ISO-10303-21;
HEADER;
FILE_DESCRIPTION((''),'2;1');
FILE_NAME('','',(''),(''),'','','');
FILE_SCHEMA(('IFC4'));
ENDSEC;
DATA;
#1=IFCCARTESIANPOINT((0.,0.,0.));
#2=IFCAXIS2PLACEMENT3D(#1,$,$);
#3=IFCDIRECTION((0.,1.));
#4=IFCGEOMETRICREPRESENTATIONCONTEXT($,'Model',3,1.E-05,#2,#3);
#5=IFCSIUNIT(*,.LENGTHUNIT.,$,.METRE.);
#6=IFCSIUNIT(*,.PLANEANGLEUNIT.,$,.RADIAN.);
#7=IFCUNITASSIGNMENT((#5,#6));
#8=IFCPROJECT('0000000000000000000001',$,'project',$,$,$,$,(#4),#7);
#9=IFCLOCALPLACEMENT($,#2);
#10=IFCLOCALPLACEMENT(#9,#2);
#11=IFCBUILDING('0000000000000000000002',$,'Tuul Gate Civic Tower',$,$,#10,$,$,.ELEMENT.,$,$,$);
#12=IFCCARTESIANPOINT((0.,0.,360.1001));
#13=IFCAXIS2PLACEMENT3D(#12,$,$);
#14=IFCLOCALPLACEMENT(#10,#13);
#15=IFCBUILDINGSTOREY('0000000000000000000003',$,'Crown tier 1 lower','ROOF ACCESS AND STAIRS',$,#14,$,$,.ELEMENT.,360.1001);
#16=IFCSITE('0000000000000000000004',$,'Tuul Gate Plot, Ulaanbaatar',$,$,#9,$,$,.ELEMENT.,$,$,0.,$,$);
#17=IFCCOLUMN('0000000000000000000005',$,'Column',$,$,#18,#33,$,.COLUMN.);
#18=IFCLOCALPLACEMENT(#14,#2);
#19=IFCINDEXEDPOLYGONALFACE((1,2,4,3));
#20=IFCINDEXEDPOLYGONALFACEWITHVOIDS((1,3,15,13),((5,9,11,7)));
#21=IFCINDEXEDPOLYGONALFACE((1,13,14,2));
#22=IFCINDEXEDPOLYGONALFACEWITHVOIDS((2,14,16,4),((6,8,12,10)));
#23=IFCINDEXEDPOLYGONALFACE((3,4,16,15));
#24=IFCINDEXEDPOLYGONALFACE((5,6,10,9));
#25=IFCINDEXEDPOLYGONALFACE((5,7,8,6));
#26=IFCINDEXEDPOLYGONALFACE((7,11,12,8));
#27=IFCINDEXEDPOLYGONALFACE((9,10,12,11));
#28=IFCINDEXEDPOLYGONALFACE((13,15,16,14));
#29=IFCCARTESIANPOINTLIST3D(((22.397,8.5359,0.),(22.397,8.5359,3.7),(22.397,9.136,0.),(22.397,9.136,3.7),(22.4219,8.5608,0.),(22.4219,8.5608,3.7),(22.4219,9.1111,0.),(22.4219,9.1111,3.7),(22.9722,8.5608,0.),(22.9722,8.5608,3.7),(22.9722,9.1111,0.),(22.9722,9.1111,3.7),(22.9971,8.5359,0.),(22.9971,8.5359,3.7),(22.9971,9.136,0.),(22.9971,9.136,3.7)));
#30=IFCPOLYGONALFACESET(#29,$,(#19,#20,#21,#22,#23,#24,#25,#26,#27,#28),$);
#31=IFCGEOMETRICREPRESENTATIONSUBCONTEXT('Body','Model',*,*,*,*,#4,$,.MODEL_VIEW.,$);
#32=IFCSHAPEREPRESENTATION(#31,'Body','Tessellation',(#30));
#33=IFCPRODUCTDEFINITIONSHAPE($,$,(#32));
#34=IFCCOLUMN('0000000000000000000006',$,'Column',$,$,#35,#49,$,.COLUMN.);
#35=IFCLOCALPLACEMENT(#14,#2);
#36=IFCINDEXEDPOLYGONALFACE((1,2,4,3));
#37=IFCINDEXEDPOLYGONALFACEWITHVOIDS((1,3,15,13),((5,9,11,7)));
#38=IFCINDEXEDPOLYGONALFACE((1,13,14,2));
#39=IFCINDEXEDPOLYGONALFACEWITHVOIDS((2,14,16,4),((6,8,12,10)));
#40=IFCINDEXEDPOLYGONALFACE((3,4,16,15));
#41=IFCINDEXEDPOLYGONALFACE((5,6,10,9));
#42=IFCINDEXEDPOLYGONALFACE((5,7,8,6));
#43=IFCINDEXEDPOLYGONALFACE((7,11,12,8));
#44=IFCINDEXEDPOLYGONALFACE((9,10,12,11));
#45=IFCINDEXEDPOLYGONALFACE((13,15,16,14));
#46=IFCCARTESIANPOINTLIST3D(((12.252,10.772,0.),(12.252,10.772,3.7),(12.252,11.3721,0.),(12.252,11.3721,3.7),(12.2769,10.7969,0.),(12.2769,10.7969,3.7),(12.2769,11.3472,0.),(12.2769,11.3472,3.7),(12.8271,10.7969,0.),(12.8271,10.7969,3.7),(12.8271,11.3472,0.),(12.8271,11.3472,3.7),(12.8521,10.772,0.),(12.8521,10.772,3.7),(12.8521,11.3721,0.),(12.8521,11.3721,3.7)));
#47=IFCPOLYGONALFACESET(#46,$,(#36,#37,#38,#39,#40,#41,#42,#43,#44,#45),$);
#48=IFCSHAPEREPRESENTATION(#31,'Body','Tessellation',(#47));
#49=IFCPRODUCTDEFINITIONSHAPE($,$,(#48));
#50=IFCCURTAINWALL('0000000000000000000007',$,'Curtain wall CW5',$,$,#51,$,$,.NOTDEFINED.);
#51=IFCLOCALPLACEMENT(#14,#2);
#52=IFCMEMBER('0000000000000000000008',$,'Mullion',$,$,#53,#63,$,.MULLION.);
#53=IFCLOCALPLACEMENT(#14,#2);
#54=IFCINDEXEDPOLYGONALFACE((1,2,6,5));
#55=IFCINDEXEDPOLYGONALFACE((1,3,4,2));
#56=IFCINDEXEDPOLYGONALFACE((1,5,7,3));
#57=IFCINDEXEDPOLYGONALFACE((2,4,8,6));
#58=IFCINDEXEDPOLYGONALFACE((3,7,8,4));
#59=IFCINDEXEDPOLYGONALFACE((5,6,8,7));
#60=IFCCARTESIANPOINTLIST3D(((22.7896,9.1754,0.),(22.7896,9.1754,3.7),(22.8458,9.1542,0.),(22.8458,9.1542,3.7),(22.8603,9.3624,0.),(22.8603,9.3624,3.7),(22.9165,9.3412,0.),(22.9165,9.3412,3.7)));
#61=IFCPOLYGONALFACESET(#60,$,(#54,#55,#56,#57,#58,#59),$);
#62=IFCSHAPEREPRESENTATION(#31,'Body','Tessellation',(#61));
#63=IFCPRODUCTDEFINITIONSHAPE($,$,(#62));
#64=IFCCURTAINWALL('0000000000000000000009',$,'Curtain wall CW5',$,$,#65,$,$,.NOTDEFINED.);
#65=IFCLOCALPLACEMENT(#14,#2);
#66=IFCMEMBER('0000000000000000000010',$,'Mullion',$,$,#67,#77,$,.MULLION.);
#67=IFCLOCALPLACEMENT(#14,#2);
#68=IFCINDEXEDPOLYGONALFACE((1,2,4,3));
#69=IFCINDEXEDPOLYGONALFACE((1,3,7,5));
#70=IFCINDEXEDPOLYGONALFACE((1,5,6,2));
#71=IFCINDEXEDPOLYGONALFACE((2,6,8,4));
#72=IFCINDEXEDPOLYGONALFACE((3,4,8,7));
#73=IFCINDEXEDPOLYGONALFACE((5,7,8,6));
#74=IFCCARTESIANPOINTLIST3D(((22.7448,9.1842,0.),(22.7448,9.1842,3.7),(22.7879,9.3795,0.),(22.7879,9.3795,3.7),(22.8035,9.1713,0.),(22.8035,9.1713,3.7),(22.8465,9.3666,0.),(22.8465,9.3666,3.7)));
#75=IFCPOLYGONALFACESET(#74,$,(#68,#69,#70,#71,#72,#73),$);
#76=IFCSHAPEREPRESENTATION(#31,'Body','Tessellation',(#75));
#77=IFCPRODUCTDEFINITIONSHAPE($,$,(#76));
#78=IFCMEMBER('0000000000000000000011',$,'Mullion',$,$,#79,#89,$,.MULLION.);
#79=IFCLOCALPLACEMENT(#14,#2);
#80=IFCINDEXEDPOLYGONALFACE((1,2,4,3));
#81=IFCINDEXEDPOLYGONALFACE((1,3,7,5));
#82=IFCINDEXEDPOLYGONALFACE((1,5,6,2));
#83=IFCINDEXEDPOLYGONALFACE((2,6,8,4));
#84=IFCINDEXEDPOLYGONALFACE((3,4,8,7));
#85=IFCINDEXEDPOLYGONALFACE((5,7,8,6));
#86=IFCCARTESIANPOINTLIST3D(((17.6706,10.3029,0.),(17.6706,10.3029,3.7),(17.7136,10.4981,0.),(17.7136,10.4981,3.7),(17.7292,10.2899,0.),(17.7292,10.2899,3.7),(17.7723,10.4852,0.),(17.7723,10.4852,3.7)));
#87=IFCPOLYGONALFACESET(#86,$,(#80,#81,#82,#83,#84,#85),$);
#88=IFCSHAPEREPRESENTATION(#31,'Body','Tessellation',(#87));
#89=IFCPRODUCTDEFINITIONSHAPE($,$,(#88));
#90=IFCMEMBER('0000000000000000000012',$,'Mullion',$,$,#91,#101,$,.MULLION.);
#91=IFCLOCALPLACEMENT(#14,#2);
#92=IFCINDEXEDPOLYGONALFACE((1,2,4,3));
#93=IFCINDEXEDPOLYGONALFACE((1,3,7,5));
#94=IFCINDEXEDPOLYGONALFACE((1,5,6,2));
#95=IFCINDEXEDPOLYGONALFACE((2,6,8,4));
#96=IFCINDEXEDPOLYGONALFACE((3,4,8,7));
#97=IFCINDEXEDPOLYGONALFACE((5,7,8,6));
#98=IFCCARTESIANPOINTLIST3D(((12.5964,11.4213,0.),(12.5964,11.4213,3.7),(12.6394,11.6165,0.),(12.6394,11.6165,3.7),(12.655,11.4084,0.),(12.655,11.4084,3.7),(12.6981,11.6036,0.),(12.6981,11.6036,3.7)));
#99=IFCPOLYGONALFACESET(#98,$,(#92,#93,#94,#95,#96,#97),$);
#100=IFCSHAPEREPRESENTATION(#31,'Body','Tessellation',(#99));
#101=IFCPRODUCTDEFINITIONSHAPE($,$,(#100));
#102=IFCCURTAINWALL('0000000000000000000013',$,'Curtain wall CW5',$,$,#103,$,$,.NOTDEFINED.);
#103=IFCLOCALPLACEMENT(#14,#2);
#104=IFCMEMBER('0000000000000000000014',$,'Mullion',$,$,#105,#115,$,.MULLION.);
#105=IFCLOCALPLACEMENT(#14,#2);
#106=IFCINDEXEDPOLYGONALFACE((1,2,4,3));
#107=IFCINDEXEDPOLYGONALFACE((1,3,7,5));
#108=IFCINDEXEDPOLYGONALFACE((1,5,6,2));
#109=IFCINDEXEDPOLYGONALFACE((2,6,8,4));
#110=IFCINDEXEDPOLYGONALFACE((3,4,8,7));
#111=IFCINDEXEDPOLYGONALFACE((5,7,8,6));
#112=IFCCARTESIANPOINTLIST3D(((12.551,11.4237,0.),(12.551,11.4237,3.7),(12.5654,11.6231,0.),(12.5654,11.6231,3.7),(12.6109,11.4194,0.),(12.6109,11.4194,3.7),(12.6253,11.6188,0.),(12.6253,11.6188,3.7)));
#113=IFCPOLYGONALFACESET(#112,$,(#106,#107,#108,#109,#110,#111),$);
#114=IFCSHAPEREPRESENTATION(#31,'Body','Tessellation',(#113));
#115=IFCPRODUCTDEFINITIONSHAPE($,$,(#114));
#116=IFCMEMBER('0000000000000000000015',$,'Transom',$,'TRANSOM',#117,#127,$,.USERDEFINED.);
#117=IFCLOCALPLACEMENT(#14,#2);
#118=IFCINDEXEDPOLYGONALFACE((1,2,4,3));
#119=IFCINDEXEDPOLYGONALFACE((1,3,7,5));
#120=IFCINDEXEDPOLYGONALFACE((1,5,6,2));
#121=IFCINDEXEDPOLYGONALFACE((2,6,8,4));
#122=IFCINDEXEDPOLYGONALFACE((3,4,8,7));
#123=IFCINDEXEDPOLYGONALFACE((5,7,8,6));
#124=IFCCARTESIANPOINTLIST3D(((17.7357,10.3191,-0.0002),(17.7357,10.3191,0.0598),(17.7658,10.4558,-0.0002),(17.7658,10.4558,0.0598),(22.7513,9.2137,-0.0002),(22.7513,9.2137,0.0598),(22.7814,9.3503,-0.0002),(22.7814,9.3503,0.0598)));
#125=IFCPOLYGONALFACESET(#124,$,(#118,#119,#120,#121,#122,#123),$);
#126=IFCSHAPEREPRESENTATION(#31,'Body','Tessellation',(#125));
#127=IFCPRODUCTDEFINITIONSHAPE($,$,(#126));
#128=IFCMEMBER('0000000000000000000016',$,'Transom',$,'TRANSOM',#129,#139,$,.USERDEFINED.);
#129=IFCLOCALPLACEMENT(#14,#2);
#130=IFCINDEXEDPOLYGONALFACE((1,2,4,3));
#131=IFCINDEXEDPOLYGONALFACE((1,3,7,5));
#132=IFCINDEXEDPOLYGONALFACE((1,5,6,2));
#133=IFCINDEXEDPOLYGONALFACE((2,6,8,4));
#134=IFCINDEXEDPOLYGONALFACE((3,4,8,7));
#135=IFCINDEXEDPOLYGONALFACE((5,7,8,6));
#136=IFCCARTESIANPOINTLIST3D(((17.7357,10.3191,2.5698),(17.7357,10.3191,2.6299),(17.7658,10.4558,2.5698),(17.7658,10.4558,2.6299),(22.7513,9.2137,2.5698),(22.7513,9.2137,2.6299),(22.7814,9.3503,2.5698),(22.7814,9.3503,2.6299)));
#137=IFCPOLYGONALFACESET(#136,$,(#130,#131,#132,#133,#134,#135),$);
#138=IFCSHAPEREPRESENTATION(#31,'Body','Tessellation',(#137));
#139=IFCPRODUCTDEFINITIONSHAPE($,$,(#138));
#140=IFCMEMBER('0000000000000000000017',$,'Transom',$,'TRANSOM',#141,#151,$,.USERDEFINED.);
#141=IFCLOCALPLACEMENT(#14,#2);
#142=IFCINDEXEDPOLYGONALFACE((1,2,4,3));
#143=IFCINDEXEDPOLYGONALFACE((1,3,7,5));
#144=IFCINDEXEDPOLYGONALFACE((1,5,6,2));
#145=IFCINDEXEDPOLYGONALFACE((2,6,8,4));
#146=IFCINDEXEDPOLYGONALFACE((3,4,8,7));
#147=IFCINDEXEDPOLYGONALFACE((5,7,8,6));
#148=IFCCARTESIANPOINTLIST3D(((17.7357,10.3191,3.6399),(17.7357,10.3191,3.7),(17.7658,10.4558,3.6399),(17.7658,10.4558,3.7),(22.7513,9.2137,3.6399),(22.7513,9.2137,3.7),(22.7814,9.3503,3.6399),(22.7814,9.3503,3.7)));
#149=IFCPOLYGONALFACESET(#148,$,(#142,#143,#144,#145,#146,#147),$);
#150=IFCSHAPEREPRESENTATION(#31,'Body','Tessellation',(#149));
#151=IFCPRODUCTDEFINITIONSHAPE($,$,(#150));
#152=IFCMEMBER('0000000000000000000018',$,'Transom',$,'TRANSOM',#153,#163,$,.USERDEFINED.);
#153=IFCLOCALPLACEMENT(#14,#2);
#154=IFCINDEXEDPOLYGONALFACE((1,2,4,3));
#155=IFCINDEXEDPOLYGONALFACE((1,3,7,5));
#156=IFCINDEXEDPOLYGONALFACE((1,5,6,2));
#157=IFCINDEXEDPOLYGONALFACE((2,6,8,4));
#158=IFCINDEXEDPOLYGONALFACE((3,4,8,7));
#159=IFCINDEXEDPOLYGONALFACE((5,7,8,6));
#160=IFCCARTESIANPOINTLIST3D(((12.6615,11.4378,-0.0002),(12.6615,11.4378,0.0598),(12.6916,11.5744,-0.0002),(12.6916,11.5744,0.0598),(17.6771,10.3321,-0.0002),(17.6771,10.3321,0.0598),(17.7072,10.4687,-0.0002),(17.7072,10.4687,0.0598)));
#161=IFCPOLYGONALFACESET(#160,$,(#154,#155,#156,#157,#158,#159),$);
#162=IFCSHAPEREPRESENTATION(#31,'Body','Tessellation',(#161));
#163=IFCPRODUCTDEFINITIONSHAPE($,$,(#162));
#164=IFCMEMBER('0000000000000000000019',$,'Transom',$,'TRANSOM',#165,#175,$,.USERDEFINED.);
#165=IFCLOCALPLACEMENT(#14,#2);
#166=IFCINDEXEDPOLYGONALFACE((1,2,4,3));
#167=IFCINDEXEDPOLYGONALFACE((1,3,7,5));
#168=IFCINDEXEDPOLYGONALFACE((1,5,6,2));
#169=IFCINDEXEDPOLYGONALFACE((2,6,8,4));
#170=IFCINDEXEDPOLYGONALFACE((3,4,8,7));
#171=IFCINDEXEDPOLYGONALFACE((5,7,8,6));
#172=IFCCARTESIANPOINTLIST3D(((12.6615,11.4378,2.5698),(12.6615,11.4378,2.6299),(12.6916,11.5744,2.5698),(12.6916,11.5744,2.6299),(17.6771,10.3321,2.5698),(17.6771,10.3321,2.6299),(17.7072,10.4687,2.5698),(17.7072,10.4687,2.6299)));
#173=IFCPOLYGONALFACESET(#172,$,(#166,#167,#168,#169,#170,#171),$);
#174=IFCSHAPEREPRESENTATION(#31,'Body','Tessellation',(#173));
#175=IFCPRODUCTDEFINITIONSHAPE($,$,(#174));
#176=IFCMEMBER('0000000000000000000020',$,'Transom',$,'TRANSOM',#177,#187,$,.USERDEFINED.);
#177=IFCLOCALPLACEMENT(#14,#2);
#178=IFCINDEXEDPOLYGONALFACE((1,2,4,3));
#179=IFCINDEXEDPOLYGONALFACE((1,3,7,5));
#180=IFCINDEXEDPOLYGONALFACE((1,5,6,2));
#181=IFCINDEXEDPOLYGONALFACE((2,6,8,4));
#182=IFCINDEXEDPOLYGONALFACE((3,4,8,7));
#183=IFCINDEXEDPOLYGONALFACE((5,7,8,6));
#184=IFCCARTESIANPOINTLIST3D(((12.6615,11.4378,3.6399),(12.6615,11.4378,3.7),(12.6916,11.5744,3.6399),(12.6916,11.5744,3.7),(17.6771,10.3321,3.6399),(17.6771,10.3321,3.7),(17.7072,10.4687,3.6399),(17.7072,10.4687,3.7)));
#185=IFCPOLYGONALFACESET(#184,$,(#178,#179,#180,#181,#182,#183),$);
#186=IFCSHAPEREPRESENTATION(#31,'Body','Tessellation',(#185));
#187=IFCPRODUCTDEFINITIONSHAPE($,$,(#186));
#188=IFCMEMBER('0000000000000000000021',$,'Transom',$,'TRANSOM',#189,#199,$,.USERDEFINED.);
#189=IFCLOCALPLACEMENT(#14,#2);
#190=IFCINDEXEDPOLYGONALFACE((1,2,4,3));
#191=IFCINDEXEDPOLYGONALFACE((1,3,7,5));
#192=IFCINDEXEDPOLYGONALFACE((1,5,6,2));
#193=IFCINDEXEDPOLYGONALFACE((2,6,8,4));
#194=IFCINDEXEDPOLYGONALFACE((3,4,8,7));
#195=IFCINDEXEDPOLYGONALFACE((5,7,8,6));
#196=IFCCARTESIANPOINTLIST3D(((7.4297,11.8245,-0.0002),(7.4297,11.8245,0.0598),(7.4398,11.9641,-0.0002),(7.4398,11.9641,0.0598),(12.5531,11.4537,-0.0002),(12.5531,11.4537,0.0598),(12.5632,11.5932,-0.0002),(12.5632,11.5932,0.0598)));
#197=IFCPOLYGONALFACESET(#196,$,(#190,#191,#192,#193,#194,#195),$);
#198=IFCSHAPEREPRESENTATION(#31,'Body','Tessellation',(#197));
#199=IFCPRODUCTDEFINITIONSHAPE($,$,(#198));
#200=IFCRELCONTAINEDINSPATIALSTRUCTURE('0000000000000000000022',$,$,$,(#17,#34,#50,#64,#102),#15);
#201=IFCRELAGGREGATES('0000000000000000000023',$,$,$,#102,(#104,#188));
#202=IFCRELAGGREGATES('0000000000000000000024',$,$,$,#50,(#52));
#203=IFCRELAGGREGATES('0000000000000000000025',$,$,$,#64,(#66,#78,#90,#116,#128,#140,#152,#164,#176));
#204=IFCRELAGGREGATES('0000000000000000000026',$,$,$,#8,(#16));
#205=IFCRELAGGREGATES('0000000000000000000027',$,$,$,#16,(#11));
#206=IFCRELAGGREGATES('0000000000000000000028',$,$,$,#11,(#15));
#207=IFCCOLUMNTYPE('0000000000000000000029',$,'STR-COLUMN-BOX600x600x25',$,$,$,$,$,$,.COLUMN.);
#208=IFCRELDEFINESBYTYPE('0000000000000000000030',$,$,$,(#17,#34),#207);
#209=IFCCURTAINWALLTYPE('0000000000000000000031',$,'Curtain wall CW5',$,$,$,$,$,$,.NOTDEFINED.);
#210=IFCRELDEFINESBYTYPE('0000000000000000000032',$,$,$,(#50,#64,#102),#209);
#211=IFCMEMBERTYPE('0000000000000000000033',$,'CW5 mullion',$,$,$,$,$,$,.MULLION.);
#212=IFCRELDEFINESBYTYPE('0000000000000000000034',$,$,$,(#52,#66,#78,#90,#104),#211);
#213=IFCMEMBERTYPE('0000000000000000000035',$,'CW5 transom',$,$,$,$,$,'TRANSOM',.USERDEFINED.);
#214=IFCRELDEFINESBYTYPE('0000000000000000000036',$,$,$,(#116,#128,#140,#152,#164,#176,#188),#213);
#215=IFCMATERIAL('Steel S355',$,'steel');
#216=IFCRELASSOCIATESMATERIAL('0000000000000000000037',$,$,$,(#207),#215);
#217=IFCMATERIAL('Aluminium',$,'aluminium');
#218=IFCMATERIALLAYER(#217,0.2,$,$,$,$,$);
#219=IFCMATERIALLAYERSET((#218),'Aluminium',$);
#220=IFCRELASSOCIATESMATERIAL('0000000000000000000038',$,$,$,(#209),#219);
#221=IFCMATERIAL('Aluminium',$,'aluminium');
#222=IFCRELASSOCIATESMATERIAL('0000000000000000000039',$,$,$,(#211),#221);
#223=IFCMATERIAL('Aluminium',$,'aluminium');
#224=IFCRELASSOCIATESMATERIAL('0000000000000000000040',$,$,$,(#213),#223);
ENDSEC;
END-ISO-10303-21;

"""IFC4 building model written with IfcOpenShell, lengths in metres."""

from ifc_helpers import new_model, si_unit, direction, frame, origin, origin_2d, place, context, subcontext, project, spatial, rectangle, hollow_rectangle, extrude, material, layer, layer_set, material_profile, profile_set, type_object, element, aggregate, save


model = new_model("IFC4")

# Units and contexts
model_context = context("Model", 3, precision=1e-05, world=origin(), true_north=direction((0.0, 1.0)))
body_context = subcontext(model_context, "Body", "Model", "MODEL_VIEW")
ifc_project = project(units=[si_unit("LENGTHUNIT", "METRE"), si_unit("PLANEANGLEUNIT", "RADIAN")], contexts=[model_context])

# Site, building, storey
site_placement = place(None, origin())
site = spatial("IfcSite", under=ifc_project, at=site_placement, Name="Tuul Gate Plot, Ulaanbaatar", CompositionType="ELEMENT", RefElevation=0.0)
building_placement = place(site_placement, origin())
building = spatial("IfcBuilding", under=site, at=building_placement, Name="Tuul Gate Civic Tower", CompositionType="ELEMENT")
storey_placement = place(building_placement, frame((0.0, 0.0, 360.1001)))
storey = spatial("IfcBuildingStorey", under=building, at=storey_placement, Name="Crown tier 1 lower", Description="ROOF ACCESS AND STAIRS", CompositionType="ELEMENT", Elevation=360.1001)

# Columns
ifc_material_1 = material(Name="Steel S355", Category="steel")
ifc_material_profile_1 = material_profile(ifc_material_1, hollow_rectangle(XDim=0.6001, YDim=0.6001, WallThickness=0.0249, at=origin_2d()), Name="BOX600x600x25")
ifc_profile_set_1 = profile_set([ifc_material_profile_1], Name="Steel S355")
column_type = type_object("IfcColumnType", Name="STR-COLUMN-BOX600x600x25", PredefinedType="COLUMN", material=ifc_profile_set_1)
for number, where, z_axis, x_axis, name in (
    (1, (22.697, 8.8359, 0.0), (0.0, 0.0, 1.0), (1.0, 0.0, 0.0), "Column"),
    (2, (12.552, 11.072, 0.0), (0.0, 0.0, 1.0), (1.0, 0.0, 0.0), "Column"),
):
    element("IfcColumn", number, at=place(storey_placement, frame(where, z_axis=z_axis, x_axis=x_axis)), inside=storey, type_object=column_type, Name=name, PredefinedType="COLUMN", context=body_context, shape_type="SweptSolid", body=[
        extrude(hollow_rectangle(XDim=0.6001, YDim=0.6001, WallThickness=0.0249, at=origin_2d()), origin(), (0.0, 0.0, 1.0), 3.7),
    ])

# Curtain wall, member
ifc_material_2 = material(Name="Aluminium", Category="aluminium")
ifc_layer_1 = layer(ifc_material_2, 0.2)
ifc_layer_set_1 = layer_set([ifc_layer_1], Name="Aluminium")
curtain_wall_type = type_object("IfcCurtainWallType", Name="Curtain wall CW5", PredefinedType="NOTDEFINED", material=ifc_layer_set_1)
curtain_wall_1_placement = place(storey_placement, origin())
curtain_wall_1 = element("IfcCurtainWall", 3, at=curtain_wall_1_placement, inside=storey, type_object=curtain_wall_type, Name="Curtain wall CW5", PredefinedType="NOTDEFINED")
ifc_material_3 = material(Name="Aluminium", Category="aluminium")
ifc_material_profile_2 = material_profile(ifc_material_3, rectangle(XDim=0.2, YDim=0.0601, at=origin_2d()), Name="CW5 mullion")
ifc_profile_set_2 = profile_set([ifc_material_profile_2], Name="Aluminium")
member_type_1 = type_object("IfcMemberType", Name="CW5 mullion", PredefinedType="MULLION", material=ifc_profile_set_2)
member_1_placement = place(storey_placement, frame((22.853, 9.2583, 0.0), z_axis=(0.0, 0.0, 1.0), x_axis=(-0.353691, -0.935362, 0.0)))
member_1 = element("IfcMember", 4, at=member_1_placement, type_object=member_type_1, Name="Mullion", PredefinedType="MULLION", context=body_context, shape_type="SweptSolid", body=[
    extrude(rectangle(XDim=0.2, YDim=0.0601, at=origin_2d()), origin(), (0.0, 0.0, 1.0), 3.7),
])

# Curtain wall, members
curtain_wall_2_placement = place(storey_placement, origin())
curtain_wall_2 = element("IfcCurtainWall", 5, at=curtain_wall_2_placement, inside=storey, type_object=curtain_wall_type, Name="Curtain wall CW5", PredefinedType="NOTDEFINED")
member_2_placement = place(storey_placement, frame((22.7957, 9.2754, 0.0), z_axis=(0.0, 0.0, 1.0), x_axis=(-0.215269, -0.976555, 0.0)))
member_2 = element("IfcMember", 6, at=member_2_placement, type_object=member_type_1, Name="Mullion", PredefinedType="MULLION", context=body_context, shape_type="SweptSolid", body=[
    extrude(rectangle(XDim=0.2, YDim=0.0601, at=origin_2d()), origin(), (0.0, 0.0, 1.0), 3.7),
])
member_3_placement = place(storey_placement, frame((17.7214, 10.394, 0.0), z_axis=(0.0, 0.0, 1.0), x_axis=(-0.215269, -0.976555, 0.0)))
member_3 = element("IfcMember", 7, at=member_3_placement, type_object=member_type_1, Name="Mullion", PredefinedType="MULLION", context=body_context, shape_type="SweptSolid", body=[
    extrude(rectangle(XDim=0.2, YDim=0.0601, at=origin_2d()), origin(), (0.0, 0.0, 1.0), 3.7),
])
member_4_placement = place(storey_placement, frame((12.6472, 11.5125, 0.0), z_axis=(0.0, 0.0, 1.0), x_axis=(-0.215269, -0.976555, 0.0)))
member_4 = element("IfcMember", 8, at=member_4_placement, type_object=member_type_1, Name="Mullion", PredefinedType="MULLION", context=body_context, shape_type="SweptSolid", body=[
    extrude(rectangle(XDim=0.2, YDim=0.0601, at=origin_2d()), origin(), (0.0, 0.0, 1.0), 3.7),
])

# Curtain wall, member
curtain_wall_3_placement = place(storey_placement, origin())
curtain_wall_3 = element("IfcCurtainWall", 9, at=curtain_wall_3_placement, inside=storey, type_object=curtain_wall_type, Name="Curtain wall CW5", PredefinedType="NOTDEFINED")
member_5_placement = place(storey_placement, frame((12.5881, 11.5212, 0.0), z_axis=(0.0, 0.0, 1.0), x_axis=(-0.072226, -0.997388, 0.0)))
member_5 = element("IfcMember", 10, at=member_5_placement, type_object=member_type_1, Name="Mullion", PredefinedType="MULLION", context=body_context, shape_type="SweptSolid", body=[
    extrude(rectangle(XDim=0.2, YDim=0.0601, at=origin_2d()), origin(), (0.0, 0.0, 1.0), 3.7),
])

# Members
ifc_material_4 = material(Name="Aluminium", Category="aluminium")
ifc_material_profile_3 = material_profile(ifc_material_4, rectangle(XDim=0.1399, YDim=0.0601, at=origin_2d()), Name="CW5 transom")
ifc_profile_set_3 = profile_set([ifc_material_profile_3], Name="Aluminium")
member_type_2 = type_object("IfcMemberType", Name="CW5 transom", ElementType="TRANSOM", PredefinedType="USERDEFINED", material=ifc_profile_set_3)
member_6_placement = place(storey_placement, frame((22.7664, 9.282, 0.0298), z_axis=(-0.976561, 0.215239, 0.0), x_axis=(-0.215239, -0.976561, 0.0)))
member_6 = element("IfcMember", 11, at=member_6_placement, type_object=member_type_2, Name="Transom", ObjectType="TRANSOM", PredefinedType="USERDEFINED", context=body_context, shape_type="SweptSolid", body=[
    extrude(rectangle(XDim=0.1399, YDim=0.0601, at=origin_2d()), origin(), (0.0, 0.0, 1.0), 5.136),
])
member_7_placement = place(storey_placement, frame((22.7664, 9.282, 2.5999), z_axis=(-0.976561, 0.215239, 0.0), x_axis=(-0.215239, -0.976561, 0.0)))
member_7 = element("IfcMember", 12, at=member_7_placement, type_object=member_type_2, Name="Transom", ObjectType="TRANSOM", PredefinedType="USERDEFINED", context=body_context, shape_type="SweptSolid", body=[
    extrude(rectangle(XDim=0.1399, YDim=0.0601, at=origin_2d()), origin(), (0.0, 0.0, 1.0), 5.136),
])
member_8_placement = place(storey_placement, frame((22.7664, 9.282, 3.6699), z_axis=(-0.976561, 0.215239, 0.0), x_axis=(-0.215239, -0.976561, 0.0)))
member_8 = element("IfcMember", 13, at=member_8_placement, type_object=member_type_2, Name="Transom", ObjectType="TRANSOM", PredefinedType="USERDEFINED", context=body_context, shape_type="SweptSolid", body=[
    extrude(rectangle(XDim=0.1399, YDim=0.0601, at=origin_2d()), origin(), (0.0, 0.0, 1.0), 5.136),
])
member_9_placement = place(storey_placement, frame((17.6921, 10.4004, 0.0298), z_axis=(-0.976551, 0.215284, 0.0), x_axis=(-0.215284, -0.976551, 0.0)))
member_9 = element("IfcMember", 14, at=member_9_placement, type_object=member_type_2, Name="Transom", ObjectType="TRANSOM", PredefinedType="USERDEFINED", context=body_context, shape_type="SweptSolid", body=[
    extrude(rectangle(XDim=0.1399, YDim=0.0601, at=origin_2d()), origin(), (0.0, 0.0, 1.0), 5.136),
])
member_10_placement = place(storey_placement, frame((17.6921, 10.4004, 2.5999), z_axis=(-0.976551, 0.215284, 0.0), x_axis=(-0.215284, -0.976551, 0.0)))
member_10 = element("IfcMember", 15, at=member_10_placement, type_object=member_type_2, Name="Transom", ObjectType="TRANSOM", PredefinedType="USERDEFINED", context=body_context, shape_type="SweptSolid", body=[
    extrude(rectangle(XDim=0.1399, YDim=0.0601, at=origin_2d()), origin(), (0.0, 0.0, 1.0), 5.136),
])
member_11_placement = place(storey_placement, frame((17.6921, 10.4004, 3.6699), z_axis=(-0.976551, 0.215284, 0.0), x_axis=(-0.215284, -0.976551, 0.0)))
member_11 = element("IfcMember", 16, at=member_11_placement, type_object=member_type_2, Name="Transom", ObjectType="TRANSOM", PredefinedType="USERDEFINED", context=body_context, shape_type="SweptSolid", body=[
    extrude(rectangle(XDim=0.1399, YDim=0.0601, at=origin_2d()), origin(), (0.0, 0.0, 1.0), 5.136),
])
member_12_placement = place(storey_placement, frame((12.5581, 11.5234, 0.0298), z_axis=(-0.99739, 0.072196, 0.0), x_axis=(-0.072196, -0.99739, 0.0)))
member_12 = element("IfcMember", 17, at=member_12_placement, type_object=member_type_2, Name="Transom", ObjectType="TRANSOM", PredefinedType="USERDEFINED", context=body_context, shape_type="SweptSolid", body=[
    extrude(rectangle(XDim=0.1399, YDim=0.0601, at=origin_2d()), origin(), (0.0, 0.0, 1.0), 5.1367),
])
aggregate(curtain_wall_3, [member_5, member_12])

aggregate(curtain_wall_1, [member_1])
aggregate(curtain_wall_2, [member_2, member_3, member_4, member_6, member_7, member_8, member_9, member_10, member_11])

save(model, "model.ifc")
